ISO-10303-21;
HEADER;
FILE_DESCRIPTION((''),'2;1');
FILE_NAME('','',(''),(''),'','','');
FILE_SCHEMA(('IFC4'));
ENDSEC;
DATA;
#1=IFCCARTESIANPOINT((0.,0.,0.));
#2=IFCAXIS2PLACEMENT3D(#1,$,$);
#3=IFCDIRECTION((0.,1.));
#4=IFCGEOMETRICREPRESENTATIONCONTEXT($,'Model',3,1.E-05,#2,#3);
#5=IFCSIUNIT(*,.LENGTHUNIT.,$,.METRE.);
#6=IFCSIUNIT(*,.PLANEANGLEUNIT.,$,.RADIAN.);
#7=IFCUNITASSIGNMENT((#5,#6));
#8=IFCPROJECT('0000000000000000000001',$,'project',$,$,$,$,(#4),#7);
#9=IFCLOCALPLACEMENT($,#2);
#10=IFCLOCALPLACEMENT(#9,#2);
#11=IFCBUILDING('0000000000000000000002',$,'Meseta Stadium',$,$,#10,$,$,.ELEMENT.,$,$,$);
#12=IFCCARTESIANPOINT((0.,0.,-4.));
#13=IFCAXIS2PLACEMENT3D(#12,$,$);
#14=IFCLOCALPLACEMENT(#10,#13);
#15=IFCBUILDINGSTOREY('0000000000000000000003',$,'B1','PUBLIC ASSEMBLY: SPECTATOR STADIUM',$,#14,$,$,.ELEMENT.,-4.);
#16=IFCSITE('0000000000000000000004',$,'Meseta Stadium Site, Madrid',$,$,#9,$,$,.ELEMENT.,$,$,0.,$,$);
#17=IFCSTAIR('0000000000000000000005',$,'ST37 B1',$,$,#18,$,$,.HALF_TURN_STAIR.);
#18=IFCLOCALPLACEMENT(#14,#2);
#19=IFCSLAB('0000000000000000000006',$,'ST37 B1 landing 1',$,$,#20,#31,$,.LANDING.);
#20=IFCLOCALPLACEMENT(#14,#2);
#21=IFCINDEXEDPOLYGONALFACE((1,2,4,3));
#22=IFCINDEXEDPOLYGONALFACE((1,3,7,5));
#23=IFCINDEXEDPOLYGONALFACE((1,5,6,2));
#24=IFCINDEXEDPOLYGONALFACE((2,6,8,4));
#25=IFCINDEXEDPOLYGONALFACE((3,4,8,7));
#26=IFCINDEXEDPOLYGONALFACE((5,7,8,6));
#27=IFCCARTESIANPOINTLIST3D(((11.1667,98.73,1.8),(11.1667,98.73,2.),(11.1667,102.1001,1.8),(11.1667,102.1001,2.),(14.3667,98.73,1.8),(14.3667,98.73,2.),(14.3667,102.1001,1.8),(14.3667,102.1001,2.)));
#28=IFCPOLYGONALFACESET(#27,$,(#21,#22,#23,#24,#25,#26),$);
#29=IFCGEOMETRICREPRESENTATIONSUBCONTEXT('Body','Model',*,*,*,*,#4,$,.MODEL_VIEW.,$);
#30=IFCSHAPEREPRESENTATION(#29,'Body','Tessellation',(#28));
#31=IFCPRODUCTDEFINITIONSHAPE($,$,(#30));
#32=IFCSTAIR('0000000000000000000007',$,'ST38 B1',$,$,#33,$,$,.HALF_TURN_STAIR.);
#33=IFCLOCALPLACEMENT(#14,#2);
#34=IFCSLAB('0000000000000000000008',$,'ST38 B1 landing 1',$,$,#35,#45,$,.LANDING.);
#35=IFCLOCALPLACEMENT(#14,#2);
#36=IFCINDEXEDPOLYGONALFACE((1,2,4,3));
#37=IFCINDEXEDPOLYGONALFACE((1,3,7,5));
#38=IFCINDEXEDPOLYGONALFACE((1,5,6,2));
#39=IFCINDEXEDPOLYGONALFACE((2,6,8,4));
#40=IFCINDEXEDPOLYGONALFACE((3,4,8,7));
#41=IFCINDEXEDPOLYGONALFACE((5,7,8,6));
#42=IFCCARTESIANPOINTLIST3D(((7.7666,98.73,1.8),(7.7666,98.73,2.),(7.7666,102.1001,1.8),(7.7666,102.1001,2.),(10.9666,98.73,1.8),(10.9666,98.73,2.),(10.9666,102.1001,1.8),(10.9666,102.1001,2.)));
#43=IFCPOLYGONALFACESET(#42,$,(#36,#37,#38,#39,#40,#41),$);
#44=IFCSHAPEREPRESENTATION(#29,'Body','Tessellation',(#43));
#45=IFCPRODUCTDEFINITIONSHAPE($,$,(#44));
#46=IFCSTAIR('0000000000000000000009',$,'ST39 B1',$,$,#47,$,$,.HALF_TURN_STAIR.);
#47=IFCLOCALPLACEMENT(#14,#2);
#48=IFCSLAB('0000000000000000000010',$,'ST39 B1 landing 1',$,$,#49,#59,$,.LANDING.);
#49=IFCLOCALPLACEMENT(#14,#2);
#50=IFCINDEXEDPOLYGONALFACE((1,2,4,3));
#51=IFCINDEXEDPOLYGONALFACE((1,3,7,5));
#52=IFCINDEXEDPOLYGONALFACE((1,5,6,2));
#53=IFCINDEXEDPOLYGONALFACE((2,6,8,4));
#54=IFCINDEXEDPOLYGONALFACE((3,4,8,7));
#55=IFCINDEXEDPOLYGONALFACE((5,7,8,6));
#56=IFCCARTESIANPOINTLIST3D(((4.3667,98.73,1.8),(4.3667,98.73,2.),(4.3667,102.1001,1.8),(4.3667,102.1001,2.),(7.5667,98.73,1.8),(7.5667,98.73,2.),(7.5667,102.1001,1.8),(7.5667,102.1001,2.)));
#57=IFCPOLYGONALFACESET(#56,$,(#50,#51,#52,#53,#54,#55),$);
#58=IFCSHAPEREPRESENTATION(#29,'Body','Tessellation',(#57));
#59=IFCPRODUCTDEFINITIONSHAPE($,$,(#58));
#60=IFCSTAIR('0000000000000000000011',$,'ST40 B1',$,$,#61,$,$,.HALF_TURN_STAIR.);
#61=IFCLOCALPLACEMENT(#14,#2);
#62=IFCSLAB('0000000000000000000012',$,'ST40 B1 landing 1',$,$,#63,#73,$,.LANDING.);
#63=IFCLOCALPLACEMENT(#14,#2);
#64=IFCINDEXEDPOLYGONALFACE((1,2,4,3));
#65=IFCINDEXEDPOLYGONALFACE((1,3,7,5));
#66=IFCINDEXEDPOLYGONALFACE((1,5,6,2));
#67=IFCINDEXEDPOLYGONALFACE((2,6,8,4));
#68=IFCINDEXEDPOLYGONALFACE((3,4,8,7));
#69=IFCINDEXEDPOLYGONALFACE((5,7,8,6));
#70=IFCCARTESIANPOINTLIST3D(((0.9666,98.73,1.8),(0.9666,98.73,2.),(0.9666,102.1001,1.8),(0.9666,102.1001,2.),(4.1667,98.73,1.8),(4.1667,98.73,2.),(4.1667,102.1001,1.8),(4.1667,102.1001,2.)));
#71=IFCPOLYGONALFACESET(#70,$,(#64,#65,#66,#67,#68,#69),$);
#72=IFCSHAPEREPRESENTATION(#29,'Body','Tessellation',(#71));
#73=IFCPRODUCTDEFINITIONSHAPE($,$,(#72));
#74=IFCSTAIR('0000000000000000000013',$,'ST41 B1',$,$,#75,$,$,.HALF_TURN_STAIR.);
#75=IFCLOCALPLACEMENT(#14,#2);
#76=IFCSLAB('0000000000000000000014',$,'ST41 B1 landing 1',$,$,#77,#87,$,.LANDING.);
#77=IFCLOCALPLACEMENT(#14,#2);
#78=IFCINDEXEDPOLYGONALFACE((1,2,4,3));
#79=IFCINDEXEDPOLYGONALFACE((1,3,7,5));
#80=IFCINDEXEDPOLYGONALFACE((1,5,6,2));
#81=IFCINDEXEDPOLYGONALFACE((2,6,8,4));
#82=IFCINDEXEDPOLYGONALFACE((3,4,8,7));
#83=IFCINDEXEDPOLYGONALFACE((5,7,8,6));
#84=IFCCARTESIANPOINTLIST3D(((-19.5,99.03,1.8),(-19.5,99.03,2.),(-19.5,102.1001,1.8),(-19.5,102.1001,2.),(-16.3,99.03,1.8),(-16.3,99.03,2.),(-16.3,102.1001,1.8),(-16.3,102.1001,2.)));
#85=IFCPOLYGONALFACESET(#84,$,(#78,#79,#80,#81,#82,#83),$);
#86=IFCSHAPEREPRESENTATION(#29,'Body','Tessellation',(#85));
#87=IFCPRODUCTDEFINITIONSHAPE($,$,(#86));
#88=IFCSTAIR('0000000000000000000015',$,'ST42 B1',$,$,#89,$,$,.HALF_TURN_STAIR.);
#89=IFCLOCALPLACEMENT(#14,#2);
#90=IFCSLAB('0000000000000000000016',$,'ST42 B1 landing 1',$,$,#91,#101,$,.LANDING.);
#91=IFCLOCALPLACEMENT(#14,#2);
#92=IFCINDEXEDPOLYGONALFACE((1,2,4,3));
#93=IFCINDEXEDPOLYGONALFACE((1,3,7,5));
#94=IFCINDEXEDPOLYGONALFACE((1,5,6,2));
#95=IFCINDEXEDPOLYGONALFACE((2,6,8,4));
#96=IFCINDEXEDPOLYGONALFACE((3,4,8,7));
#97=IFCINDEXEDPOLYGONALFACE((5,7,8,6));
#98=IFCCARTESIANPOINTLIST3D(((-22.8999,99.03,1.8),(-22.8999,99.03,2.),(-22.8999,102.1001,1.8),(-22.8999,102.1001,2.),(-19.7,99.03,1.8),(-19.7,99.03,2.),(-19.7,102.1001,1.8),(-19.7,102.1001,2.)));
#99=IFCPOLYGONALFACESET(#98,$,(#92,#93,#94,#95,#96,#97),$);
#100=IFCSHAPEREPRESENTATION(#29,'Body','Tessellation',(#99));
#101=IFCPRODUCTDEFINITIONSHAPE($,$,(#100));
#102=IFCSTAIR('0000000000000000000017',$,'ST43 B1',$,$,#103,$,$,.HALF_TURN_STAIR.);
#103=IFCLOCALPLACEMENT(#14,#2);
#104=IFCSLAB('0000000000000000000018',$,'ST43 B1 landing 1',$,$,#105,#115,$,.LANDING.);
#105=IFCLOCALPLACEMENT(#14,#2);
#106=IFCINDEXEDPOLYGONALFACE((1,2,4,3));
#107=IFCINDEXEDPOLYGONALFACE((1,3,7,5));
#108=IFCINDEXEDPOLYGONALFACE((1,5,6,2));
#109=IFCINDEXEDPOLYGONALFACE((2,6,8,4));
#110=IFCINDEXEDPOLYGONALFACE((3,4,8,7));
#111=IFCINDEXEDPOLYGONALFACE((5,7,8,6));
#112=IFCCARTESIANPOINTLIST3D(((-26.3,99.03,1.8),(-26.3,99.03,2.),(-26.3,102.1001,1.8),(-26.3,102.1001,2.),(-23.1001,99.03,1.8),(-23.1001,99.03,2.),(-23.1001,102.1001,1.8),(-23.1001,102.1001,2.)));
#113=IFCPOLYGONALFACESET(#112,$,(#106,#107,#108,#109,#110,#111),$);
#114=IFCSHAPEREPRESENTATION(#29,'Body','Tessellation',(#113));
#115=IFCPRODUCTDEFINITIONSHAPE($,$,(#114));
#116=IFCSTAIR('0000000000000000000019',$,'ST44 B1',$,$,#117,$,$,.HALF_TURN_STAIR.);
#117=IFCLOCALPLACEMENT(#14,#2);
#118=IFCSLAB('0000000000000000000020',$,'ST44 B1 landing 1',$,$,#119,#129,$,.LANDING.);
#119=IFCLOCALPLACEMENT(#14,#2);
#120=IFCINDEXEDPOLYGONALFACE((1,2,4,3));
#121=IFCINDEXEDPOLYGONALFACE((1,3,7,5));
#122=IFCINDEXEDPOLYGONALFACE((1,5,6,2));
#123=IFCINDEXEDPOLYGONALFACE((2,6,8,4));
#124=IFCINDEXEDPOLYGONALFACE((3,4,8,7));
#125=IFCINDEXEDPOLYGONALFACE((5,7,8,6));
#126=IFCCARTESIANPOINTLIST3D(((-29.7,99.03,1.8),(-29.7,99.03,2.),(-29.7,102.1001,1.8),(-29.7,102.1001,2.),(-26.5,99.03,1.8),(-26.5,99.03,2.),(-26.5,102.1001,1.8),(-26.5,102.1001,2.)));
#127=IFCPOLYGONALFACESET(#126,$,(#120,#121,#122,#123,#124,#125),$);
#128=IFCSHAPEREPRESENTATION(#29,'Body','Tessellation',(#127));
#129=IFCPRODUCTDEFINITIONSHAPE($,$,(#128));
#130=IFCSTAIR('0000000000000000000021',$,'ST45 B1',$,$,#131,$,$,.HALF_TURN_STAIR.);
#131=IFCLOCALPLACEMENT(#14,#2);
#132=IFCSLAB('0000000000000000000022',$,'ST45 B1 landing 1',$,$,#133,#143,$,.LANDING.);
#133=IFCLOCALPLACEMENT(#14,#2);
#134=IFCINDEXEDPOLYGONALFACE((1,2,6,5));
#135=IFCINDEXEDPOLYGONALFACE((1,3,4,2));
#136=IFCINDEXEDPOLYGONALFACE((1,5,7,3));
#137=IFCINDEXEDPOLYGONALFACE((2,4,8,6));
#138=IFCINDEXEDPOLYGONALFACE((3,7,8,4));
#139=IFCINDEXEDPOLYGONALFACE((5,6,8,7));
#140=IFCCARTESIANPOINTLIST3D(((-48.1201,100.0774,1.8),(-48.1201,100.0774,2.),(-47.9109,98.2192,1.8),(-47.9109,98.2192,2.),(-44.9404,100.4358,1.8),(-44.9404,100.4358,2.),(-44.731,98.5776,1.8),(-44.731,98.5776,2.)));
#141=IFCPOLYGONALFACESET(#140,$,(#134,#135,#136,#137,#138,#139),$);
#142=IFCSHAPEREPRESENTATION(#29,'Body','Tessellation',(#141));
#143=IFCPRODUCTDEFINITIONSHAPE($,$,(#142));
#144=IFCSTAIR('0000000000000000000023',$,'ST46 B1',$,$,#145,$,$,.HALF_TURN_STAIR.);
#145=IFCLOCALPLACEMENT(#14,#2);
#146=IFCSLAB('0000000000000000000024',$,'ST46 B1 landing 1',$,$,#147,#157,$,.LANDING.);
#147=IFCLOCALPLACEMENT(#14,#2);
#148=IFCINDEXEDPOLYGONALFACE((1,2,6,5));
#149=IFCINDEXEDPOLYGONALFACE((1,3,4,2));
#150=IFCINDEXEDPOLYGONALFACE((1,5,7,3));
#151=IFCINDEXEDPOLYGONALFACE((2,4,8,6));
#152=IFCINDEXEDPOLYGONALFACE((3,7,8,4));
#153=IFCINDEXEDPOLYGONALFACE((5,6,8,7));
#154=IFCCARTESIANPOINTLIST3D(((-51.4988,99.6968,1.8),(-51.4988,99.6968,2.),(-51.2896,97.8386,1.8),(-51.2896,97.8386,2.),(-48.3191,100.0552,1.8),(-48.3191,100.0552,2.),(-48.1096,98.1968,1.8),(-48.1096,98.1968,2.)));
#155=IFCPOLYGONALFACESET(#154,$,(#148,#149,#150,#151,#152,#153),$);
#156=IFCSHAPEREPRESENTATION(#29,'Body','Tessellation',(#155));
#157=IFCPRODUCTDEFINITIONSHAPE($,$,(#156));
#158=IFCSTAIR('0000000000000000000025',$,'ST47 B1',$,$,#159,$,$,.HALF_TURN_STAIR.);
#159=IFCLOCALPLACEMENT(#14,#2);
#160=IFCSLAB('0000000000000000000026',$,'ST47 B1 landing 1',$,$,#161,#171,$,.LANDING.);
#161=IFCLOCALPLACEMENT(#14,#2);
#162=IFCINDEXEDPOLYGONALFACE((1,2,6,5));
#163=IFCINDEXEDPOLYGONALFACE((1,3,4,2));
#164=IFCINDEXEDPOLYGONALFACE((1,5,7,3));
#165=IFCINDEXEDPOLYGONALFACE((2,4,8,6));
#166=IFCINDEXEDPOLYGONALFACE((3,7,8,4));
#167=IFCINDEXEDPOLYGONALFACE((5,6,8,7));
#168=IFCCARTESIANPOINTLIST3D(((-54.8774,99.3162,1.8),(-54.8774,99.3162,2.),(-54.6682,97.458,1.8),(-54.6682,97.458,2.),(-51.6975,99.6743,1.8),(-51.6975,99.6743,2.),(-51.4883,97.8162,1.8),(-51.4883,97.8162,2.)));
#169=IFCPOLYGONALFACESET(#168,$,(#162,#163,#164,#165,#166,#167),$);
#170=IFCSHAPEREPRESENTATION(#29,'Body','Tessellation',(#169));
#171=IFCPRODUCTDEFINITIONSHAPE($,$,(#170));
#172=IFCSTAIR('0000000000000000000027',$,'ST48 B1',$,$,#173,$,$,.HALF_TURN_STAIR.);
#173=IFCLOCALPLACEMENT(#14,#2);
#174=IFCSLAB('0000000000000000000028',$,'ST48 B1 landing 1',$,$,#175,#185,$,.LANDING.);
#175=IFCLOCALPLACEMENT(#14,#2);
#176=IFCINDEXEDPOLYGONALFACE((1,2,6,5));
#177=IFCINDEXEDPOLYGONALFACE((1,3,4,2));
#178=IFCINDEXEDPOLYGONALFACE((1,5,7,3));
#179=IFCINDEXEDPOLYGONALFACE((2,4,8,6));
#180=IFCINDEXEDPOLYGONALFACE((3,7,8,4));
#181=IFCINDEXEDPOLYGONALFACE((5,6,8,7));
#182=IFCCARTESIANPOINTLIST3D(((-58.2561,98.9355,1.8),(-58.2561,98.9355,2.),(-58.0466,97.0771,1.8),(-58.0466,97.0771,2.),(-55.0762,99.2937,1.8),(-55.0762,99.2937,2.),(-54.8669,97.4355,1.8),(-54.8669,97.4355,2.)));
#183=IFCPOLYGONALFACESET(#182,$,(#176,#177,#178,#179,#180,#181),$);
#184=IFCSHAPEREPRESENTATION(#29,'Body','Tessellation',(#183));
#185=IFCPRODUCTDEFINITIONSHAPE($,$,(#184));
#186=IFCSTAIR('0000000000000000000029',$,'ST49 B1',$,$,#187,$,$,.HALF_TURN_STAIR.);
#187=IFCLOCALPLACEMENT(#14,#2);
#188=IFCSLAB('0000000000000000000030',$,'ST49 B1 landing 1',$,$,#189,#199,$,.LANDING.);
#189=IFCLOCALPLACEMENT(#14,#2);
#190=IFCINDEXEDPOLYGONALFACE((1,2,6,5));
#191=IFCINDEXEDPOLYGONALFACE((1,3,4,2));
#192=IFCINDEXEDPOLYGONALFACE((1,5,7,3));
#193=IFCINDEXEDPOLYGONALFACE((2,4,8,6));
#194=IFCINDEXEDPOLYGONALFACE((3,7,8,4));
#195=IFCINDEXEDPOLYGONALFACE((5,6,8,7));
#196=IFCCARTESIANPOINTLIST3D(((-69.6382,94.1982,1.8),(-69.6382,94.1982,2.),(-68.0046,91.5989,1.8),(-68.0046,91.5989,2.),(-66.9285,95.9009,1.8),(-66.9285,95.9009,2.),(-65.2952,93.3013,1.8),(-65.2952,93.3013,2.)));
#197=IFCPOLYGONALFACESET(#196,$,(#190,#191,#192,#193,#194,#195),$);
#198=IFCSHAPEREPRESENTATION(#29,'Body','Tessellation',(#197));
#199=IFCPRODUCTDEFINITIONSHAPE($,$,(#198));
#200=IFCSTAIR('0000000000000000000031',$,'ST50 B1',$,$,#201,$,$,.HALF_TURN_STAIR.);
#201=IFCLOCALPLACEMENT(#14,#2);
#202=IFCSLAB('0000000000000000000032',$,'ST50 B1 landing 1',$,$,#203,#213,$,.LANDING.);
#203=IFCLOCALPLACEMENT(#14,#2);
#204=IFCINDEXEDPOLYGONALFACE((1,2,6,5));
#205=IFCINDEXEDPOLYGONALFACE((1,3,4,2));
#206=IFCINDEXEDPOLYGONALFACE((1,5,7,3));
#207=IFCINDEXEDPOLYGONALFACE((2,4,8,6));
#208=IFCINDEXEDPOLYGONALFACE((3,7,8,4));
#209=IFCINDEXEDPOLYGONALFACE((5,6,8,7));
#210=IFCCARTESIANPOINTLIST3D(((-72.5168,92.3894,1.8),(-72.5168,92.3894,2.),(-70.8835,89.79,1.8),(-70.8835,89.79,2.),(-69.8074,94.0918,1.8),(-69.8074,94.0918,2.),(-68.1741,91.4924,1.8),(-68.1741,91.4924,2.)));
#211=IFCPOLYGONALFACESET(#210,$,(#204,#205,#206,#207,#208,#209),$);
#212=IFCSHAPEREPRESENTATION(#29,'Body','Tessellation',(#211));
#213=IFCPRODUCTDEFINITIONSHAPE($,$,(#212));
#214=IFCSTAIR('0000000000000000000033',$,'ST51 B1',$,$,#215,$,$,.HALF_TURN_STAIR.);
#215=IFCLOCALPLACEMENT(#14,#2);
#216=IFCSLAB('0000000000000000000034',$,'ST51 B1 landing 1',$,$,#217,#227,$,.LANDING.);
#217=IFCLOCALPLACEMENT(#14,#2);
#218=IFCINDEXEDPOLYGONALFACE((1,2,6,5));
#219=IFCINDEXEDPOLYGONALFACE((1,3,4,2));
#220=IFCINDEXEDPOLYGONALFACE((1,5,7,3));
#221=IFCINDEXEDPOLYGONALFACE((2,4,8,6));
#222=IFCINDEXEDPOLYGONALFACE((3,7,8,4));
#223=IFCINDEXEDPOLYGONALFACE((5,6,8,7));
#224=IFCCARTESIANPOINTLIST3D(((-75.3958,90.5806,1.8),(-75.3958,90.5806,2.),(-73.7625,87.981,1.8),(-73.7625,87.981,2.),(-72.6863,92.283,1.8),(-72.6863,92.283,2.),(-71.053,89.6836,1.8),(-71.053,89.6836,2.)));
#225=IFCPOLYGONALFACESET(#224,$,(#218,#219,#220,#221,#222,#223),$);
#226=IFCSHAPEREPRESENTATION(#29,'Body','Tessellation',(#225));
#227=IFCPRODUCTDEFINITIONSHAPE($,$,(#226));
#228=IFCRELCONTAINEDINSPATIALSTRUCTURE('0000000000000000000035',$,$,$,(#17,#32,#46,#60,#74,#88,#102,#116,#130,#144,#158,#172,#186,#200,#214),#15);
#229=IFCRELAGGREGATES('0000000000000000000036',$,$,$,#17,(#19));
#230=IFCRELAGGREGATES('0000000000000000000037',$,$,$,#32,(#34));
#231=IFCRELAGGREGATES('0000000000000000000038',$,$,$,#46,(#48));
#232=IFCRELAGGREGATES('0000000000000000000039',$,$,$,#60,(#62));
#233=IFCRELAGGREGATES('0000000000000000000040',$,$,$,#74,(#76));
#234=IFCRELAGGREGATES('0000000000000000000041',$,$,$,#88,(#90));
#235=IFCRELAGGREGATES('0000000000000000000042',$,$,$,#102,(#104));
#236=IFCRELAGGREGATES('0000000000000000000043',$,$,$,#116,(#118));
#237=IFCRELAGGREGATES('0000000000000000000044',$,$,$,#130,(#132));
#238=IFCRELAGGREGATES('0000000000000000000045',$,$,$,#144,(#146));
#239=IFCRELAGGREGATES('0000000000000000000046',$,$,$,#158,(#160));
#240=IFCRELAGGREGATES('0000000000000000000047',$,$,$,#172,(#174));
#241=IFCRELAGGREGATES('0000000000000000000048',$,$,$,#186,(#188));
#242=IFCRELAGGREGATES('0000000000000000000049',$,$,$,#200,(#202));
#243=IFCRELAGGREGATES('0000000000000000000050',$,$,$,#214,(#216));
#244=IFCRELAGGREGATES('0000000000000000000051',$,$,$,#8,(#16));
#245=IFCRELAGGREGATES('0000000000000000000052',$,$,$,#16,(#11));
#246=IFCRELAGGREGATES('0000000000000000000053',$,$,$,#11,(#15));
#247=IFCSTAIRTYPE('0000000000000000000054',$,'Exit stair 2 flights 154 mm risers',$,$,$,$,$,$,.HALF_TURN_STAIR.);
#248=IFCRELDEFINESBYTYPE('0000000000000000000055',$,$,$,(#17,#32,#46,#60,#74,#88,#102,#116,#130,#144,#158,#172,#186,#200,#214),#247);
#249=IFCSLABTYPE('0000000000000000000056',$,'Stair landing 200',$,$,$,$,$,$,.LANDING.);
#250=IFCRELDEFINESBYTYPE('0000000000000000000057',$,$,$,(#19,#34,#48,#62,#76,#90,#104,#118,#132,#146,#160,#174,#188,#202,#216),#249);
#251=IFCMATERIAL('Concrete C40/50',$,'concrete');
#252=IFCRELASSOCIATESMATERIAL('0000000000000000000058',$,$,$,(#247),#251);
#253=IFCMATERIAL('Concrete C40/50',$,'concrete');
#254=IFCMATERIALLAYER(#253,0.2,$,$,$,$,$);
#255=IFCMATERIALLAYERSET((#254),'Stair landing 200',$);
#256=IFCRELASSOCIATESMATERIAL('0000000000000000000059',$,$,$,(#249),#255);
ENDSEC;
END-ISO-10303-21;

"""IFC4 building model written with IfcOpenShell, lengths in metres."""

from ifc_helpers import new_model, si_unit, direction, frame, origin, place, context, subcontext, project, spatial, polyline, outline, extrude, material, layer, layer_set, type_object, element, aggregate, save


model = new_model("IFC4")

# Units and contexts
model_context = context("Model", 3, precision=1e-05, world=origin(), true_north=direction((0.0, 1.0)))
body_context = subcontext(model_context, "Body", "Model", "MODEL_VIEW")
ifc_project = project(units=[si_unit("LENGTHUNIT", "METRE"), si_unit("PLANEANGLEUNIT", "RADIAN")], contexts=[model_context])

# Site, building, storey
site_placement = place(None, origin())
site = spatial("IfcSite", under=ifc_project, at=site_placement, Name="Meseta Stadium Site, Madrid", CompositionType="ELEMENT", RefElevation=0.0)
building_placement = place(site_placement, origin())
building = spatial("IfcBuilding", under=site, at=building_placement, Name="Meseta Stadium", CompositionType="ELEMENT")
storey_placement = place(building_placement, frame((0.0, 0.0, -4.0)))
storey = spatial("IfcBuildingStorey", under=building, at=storey_placement, Name="B1", Description="PUBLIC ASSEMBLY: SPECTATOR STADIUM", CompositionType="ELEMENT", Elevation=-4.0)

# Stairs, slabs
ifc_material_1 = material(Name="Concrete C40/50", Category="concrete")
stair_type = type_object("IfcStairType", Name="Exit stair 2 flights 154 mm risers", PredefinedType="HALF_TURN_STAIR", material=ifc_material_1)
stair_1_placement = place(storey_placement, origin())
stair_1 = element("IfcStair", 1, at=stair_1_placement, inside=storey, type_object=stair_type, Name="ST37 B1", PredefinedType="HALF_TURN_STAIR")
ifc_material_2 = material(Name="Concrete C40/50", Category="concrete")
ifc_layer = layer(ifc_material_2, 0.2)
ifc_layer_set = layer_set([ifc_layer], Name="Stair landing 200")
slab_type = type_object("IfcSlabType", Name="Stair landing 200", PredefinedType="LANDING", material=ifc_layer_set)
slab_1_placement = place(storey_placement, frame((0.0, 0.0, 1.8)))
slab_1 = element("IfcSlab", 2, at=slab_1_placement, type_object=slab_type, Name="ST37 B1 landing 1", PredefinedType="LANDING", context=body_context, shape_type="SweptSolid", body=[
    extrude(outline(polyline([(14.3667, 98.73), (14.3667, 102.1001), (11.1667, 102.1001), (11.1667, 98.73), (14.3667, 98.73)])), origin(), (0.0, 0.0, 1.0), 0.2),
])
aggregate(stair_1, [slab_1])
stair_2_placement = place(storey_placement, origin())
stair_2 = element("IfcStair", 3, at=stair_2_placement, inside=storey, type_object=stair_type, Name="ST38 B1", PredefinedType="HALF_TURN_STAIR")
slab_2_placement = place(storey_placement, frame((0.0, 0.0, 1.8)))
slab_2 = element("IfcSlab", 4, at=slab_2_placement, type_object=slab_type, Name="ST38 B1 landing 1", PredefinedType="LANDING", context=body_context, shape_type="SweptSolid", body=[
    extrude(outline(polyline([(10.9666, 98.73), (10.9666, 102.1001), (7.7666, 102.1001), (7.7666, 98.73), (10.9666, 98.73)])), origin(), (0.0, 0.0, 1.0), 0.2),
])
aggregate(stair_2, [slab_2])
stair_3_placement = place(storey_placement, origin())
stair_3 = element("IfcStair", 5, at=stair_3_placement, inside=storey, type_object=stair_type, Name="ST39 B1", PredefinedType="HALF_TURN_STAIR")
slab_3_placement = place(storey_placement, frame((0.0, 0.0, 1.8)))
slab_3 = element("IfcSlab", 6, at=slab_3_placement, type_object=slab_type, Name="ST39 B1 landing 1", PredefinedType="LANDING", context=body_context, shape_type="SweptSolid", body=[
    extrude(outline(polyline([(7.5667, 98.73), (7.5667, 102.1001), (4.3667, 102.1001), (4.3667, 98.73), (7.5667, 98.73)])), origin(), (0.0, 0.0, 1.0), 0.2),
])
aggregate(stair_3, [slab_3])
stair_4_placement = place(storey_placement, origin())
stair_4 = element("IfcStair", 7, at=stair_4_placement, inside=storey, type_object=stair_type, Name="ST40 B1", PredefinedType="HALF_TURN_STAIR")
slab_4_placement = place(storey_placement, frame((0.0, 0.0, 1.8)))
slab_4 = element("IfcSlab", 8, at=slab_4_placement, type_object=slab_type, Name="ST40 B1 landing 1", PredefinedType="LANDING", context=body_context, shape_type="SweptSolid", body=[
    extrude(outline(polyline([(4.1667, 98.73), (4.1667, 102.1001), (0.9666, 102.1001), (0.9666, 98.73), (4.1667, 98.73)])), origin(), (0.0, 0.0, 1.0), 0.2),
])
aggregate(stair_4, [slab_4])
stair_5_placement = place(storey_placement, origin())
stair_5 = element("IfcStair", 9, at=stair_5_placement, inside=storey, type_object=stair_type, Name="ST41 B1", PredefinedType="HALF_TURN_STAIR")
slab_5_placement = place(storey_placement, frame((0.0, 0.0, 1.8)))
slab_5 = element("IfcSlab", 10, at=slab_5_placement, type_object=slab_type, Name="ST41 B1 landing 1", PredefinedType="LANDING", context=body_context, shape_type="SweptSolid", body=[
    extrude(outline(polyline([(-16.3, 99.03), (-16.3, 102.1001), (-19.5, 102.1001), (-19.5, 99.03), (-16.3, 99.03)])), origin(), (0.0, 0.0, 1.0), 0.2),
])
aggregate(stair_5, [slab_5])
stair_6_placement = place(storey_placement, origin())
stair_6 = element("IfcStair", 11, at=stair_6_placement, inside=storey, type_object=stair_type, Name="ST42 B1", PredefinedType="HALF_TURN_STAIR")
slab_6_placement = place(storey_placement, frame((0.0, 0.0, 1.8)))
slab_6 = element("IfcSlab", 12, at=slab_6_placement, type_object=slab_type, Name="ST42 B1 landing 1", PredefinedType="LANDING", context=body_context, shape_type="SweptSolid", body=[
    extrude(outline(polyline([(-19.7, 99.03), (-19.7, 102.1001), (-22.8999, 102.1001), (-22.8999, 99.03), (-19.7, 99.03)])), origin(), (0.0, 0.0, 1.0), 0.2),
])
aggregate(stair_6, [slab_6])
stair_7_placement = place(storey_placement, origin())
stair_7 = element("IfcStair", 13, at=stair_7_placement, inside=storey, type_object=stair_type, Name="ST43 B1", PredefinedType="HALF_TURN_STAIR")
slab_7_placement = place(storey_placement, frame((0.0, 0.0, 1.8)))
slab_7 = element("IfcSlab", 14, at=slab_7_placement, type_object=slab_type, Name="ST43 B1 landing 1", PredefinedType="LANDING", context=body_context, shape_type="SweptSolid", body=[
    extrude(outline(polyline([(-23.1001, 99.03), (-23.1001, 102.1001), (-26.3, 102.1001), (-26.3, 99.03), (-23.1001, 99.03)])), origin(), (0.0, 0.0, 1.0), 0.2),
])
aggregate(stair_7, [slab_7])
stair_8_placement = place(storey_placement, origin())
stair_8 = element("IfcStair", 15, at=stair_8_placement, inside=storey, type_object=stair_type, Name="ST44 B1", PredefinedType="HALF_TURN_STAIR")
slab_8_placement = place(storey_placement, frame((0.0, 0.0, 1.8)))
slab_8 = element("IfcSlab", 16, at=slab_8_placement, type_object=slab_type, Name="ST44 B1 landing 1", PredefinedType="LANDING", context=body_context, shape_type="SweptSolid", body=[
    extrude(outline(polyline([(-26.5, 99.03), (-26.5, 102.1001), (-29.7, 102.1001), (-29.7, 99.03), (-26.5, 99.03)])), origin(), (0.0, 0.0, 1.0), 0.2),
])
aggregate(stair_8, [slab_8])
stair_9_placement = place(storey_placement, origin())
stair_9 = element("IfcStair", 17, at=stair_9_placement, inside=storey, type_object=stair_type, Name="ST45 B1", PredefinedType="HALF_TURN_STAIR")
slab_9_placement = place(storey_placement, frame((0.0, 0.0, 1.8)))
slab_9 = element("IfcSlab", 18, at=slab_9_placement, type_object=slab_type, Name="ST45 B1 landing 1", PredefinedType="LANDING", context=body_context, shape_type="SweptSolid", body=[
    extrude(outline(polyline([(-44.731, 98.5776), (-44.9404, 100.4358), (-48.1201, 100.0774), (-47.9109, 98.2192), (-44.731, 98.5776)])), origin(), (0.0, 0.0, 1.0), 0.2),
])
aggregate(stair_9, [slab_9])
stair_10_placement = place(storey_placement, origin())
stair_10 = element("IfcStair", 19, at=stair_10_placement, inside=storey, type_object=stair_type, Name="ST46 B1", PredefinedType="HALF_TURN_STAIR")
slab_10_placement = place(storey_placement, frame((0.0, 0.0, 1.8)))
slab_10 = element("IfcSlab", 20, at=slab_10_placement, type_object=slab_type, Name="ST46 B1 landing 1", PredefinedType="LANDING", context=body_context, shape_type="SweptSolid", body=[
    extrude(outline(polyline([(-48.1096, 98.1968), (-48.3191, 100.0552), (-51.4988, 99.6968), (-51.2896, 97.8386), (-48.1096, 98.1968)])), origin(), (0.0, 0.0, 1.0), 0.2),
])
aggregate(stair_10, [slab_10])
stair_11_placement = place(storey_placement, origin())
stair_11 = element("IfcStair", 21, at=stair_11_placement, inside=storey, type_object=stair_type, Name="ST47 B1", PredefinedType="HALF_TURN_STAIR")
slab_11_placement = place(storey_placement, frame((0.0, 0.0, 1.8)))
slab_11 = element("IfcSlab", 22, at=slab_11_placement, type_object=slab_type, Name="ST47 B1 landing 1", PredefinedType="LANDING", context=body_context, shape_type="SweptSolid", body=[
    extrude(outline(polyline([(-51.4883, 97.8162), (-51.6975, 99.6743), (-54.8774, 99.3162), (-54.6682, 97.458), (-51.4883, 97.8162)])), origin(), (0.0, 0.0, 1.0), 0.2),
])
aggregate(stair_11, [slab_11])
stair_12_placement = place(storey_placement, origin())
stair_12 = element("IfcStair", 23, at=stair_12_placement, inside=storey, type_object=stair_type, Name="ST48 B1", PredefinedType="HALF_TURN_STAIR")
slab_12_placement = place(storey_placement, frame((0.0, 0.0, 1.8)))
slab_12 = element("IfcSlab", 24, at=slab_12_placement, type_object=slab_type, Name="ST48 B1 landing 1", PredefinedType="LANDING", context=body_context, shape_type="SweptSolid", body=[
    extrude(outline(polyline([(-54.8669, 97.4355), (-55.0762, 99.2937), (-58.2561, 98.9355), (-58.0466, 97.0771), (-54.8669, 97.4355)])), origin(), (0.0, 0.0, 1.0), 0.2),
])
aggregate(stair_12, [slab_12])
stair_13_placement = place(storey_placement, origin())
stair_13 = element("IfcStair", 25, at=stair_13_placement, inside=storey, type_object=stair_type, Name="ST49 B1", PredefinedType="HALF_TURN_STAIR")
slab_13_placement = place(storey_placement, frame((0.0, 0.0, 1.8)))
slab_13 = element("IfcSlab", 26, at=slab_13_placement, type_object=slab_type, Name="ST49 B1 landing 1", PredefinedType="LANDING", context=body_context, shape_type="SweptSolid", body=[
    extrude(outline(polyline([(-65.2952, 93.3013), (-66.9285, 95.9009), (-69.6382, 94.1982), (-68.0046, 91.5989), (-65.2952, 93.3013)])), origin(), (0.0, 0.0, 1.0), 0.2),
])
aggregate(stair_13, [slab_13])
stair_14_placement = place(storey_placement, origin())
stair_14 = element("IfcStair", 27, at=stair_14_placement, inside=storey, type_object=stair_type, Name="ST50 B1", PredefinedType="HALF_TURN_STAIR")
slab_14_placement = place(storey_placement, frame((0.0, 0.0, 1.8)))
slab_14 = element("IfcSlab", 28, at=slab_14_placement, type_object=slab_type, Name="ST50 B1 landing 1", PredefinedType="LANDING", context=body_context, shape_type="SweptSolid", body=[
    extrude(outline(polyline([(-68.1741, 91.4924), (-69.8074, 94.0918), (-72.5168, 92.3894), (-70.8835, 89.79), (-68.1741, 91.4924)])), origin(), (0.0, 0.0, 1.0), 0.2),
])
aggregate(stair_14, [slab_14])
stair_15_placement = place(storey_placement, origin())
stair_15 = element("IfcStair", 29, at=stair_15_placement, inside=storey, type_object=stair_type, Name="ST51 B1", PredefinedType="HALF_TURN_STAIR")
slab_15_placement = place(storey_placement, frame((0.0, 0.0, 1.8)))
slab_15 = element("IfcSlab", 30, at=slab_15_placement, type_object=slab_type, Name="ST51 B1 landing 1", PredefinedType="LANDING", context=body_context, shape_type="SweptSolid", body=[
    extrude(outline(polyline([(-71.053, 89.6836), (-72.6863, 92.283), (-75.3958, 90.5806), (-73.7625, 87.981), (-71.053, 89.6836)])), origin(), (0.0, 0.0, 1.0), 0.2),
])
aggregate(stair_15, [slab_15])

save(model, "model.ifc")
